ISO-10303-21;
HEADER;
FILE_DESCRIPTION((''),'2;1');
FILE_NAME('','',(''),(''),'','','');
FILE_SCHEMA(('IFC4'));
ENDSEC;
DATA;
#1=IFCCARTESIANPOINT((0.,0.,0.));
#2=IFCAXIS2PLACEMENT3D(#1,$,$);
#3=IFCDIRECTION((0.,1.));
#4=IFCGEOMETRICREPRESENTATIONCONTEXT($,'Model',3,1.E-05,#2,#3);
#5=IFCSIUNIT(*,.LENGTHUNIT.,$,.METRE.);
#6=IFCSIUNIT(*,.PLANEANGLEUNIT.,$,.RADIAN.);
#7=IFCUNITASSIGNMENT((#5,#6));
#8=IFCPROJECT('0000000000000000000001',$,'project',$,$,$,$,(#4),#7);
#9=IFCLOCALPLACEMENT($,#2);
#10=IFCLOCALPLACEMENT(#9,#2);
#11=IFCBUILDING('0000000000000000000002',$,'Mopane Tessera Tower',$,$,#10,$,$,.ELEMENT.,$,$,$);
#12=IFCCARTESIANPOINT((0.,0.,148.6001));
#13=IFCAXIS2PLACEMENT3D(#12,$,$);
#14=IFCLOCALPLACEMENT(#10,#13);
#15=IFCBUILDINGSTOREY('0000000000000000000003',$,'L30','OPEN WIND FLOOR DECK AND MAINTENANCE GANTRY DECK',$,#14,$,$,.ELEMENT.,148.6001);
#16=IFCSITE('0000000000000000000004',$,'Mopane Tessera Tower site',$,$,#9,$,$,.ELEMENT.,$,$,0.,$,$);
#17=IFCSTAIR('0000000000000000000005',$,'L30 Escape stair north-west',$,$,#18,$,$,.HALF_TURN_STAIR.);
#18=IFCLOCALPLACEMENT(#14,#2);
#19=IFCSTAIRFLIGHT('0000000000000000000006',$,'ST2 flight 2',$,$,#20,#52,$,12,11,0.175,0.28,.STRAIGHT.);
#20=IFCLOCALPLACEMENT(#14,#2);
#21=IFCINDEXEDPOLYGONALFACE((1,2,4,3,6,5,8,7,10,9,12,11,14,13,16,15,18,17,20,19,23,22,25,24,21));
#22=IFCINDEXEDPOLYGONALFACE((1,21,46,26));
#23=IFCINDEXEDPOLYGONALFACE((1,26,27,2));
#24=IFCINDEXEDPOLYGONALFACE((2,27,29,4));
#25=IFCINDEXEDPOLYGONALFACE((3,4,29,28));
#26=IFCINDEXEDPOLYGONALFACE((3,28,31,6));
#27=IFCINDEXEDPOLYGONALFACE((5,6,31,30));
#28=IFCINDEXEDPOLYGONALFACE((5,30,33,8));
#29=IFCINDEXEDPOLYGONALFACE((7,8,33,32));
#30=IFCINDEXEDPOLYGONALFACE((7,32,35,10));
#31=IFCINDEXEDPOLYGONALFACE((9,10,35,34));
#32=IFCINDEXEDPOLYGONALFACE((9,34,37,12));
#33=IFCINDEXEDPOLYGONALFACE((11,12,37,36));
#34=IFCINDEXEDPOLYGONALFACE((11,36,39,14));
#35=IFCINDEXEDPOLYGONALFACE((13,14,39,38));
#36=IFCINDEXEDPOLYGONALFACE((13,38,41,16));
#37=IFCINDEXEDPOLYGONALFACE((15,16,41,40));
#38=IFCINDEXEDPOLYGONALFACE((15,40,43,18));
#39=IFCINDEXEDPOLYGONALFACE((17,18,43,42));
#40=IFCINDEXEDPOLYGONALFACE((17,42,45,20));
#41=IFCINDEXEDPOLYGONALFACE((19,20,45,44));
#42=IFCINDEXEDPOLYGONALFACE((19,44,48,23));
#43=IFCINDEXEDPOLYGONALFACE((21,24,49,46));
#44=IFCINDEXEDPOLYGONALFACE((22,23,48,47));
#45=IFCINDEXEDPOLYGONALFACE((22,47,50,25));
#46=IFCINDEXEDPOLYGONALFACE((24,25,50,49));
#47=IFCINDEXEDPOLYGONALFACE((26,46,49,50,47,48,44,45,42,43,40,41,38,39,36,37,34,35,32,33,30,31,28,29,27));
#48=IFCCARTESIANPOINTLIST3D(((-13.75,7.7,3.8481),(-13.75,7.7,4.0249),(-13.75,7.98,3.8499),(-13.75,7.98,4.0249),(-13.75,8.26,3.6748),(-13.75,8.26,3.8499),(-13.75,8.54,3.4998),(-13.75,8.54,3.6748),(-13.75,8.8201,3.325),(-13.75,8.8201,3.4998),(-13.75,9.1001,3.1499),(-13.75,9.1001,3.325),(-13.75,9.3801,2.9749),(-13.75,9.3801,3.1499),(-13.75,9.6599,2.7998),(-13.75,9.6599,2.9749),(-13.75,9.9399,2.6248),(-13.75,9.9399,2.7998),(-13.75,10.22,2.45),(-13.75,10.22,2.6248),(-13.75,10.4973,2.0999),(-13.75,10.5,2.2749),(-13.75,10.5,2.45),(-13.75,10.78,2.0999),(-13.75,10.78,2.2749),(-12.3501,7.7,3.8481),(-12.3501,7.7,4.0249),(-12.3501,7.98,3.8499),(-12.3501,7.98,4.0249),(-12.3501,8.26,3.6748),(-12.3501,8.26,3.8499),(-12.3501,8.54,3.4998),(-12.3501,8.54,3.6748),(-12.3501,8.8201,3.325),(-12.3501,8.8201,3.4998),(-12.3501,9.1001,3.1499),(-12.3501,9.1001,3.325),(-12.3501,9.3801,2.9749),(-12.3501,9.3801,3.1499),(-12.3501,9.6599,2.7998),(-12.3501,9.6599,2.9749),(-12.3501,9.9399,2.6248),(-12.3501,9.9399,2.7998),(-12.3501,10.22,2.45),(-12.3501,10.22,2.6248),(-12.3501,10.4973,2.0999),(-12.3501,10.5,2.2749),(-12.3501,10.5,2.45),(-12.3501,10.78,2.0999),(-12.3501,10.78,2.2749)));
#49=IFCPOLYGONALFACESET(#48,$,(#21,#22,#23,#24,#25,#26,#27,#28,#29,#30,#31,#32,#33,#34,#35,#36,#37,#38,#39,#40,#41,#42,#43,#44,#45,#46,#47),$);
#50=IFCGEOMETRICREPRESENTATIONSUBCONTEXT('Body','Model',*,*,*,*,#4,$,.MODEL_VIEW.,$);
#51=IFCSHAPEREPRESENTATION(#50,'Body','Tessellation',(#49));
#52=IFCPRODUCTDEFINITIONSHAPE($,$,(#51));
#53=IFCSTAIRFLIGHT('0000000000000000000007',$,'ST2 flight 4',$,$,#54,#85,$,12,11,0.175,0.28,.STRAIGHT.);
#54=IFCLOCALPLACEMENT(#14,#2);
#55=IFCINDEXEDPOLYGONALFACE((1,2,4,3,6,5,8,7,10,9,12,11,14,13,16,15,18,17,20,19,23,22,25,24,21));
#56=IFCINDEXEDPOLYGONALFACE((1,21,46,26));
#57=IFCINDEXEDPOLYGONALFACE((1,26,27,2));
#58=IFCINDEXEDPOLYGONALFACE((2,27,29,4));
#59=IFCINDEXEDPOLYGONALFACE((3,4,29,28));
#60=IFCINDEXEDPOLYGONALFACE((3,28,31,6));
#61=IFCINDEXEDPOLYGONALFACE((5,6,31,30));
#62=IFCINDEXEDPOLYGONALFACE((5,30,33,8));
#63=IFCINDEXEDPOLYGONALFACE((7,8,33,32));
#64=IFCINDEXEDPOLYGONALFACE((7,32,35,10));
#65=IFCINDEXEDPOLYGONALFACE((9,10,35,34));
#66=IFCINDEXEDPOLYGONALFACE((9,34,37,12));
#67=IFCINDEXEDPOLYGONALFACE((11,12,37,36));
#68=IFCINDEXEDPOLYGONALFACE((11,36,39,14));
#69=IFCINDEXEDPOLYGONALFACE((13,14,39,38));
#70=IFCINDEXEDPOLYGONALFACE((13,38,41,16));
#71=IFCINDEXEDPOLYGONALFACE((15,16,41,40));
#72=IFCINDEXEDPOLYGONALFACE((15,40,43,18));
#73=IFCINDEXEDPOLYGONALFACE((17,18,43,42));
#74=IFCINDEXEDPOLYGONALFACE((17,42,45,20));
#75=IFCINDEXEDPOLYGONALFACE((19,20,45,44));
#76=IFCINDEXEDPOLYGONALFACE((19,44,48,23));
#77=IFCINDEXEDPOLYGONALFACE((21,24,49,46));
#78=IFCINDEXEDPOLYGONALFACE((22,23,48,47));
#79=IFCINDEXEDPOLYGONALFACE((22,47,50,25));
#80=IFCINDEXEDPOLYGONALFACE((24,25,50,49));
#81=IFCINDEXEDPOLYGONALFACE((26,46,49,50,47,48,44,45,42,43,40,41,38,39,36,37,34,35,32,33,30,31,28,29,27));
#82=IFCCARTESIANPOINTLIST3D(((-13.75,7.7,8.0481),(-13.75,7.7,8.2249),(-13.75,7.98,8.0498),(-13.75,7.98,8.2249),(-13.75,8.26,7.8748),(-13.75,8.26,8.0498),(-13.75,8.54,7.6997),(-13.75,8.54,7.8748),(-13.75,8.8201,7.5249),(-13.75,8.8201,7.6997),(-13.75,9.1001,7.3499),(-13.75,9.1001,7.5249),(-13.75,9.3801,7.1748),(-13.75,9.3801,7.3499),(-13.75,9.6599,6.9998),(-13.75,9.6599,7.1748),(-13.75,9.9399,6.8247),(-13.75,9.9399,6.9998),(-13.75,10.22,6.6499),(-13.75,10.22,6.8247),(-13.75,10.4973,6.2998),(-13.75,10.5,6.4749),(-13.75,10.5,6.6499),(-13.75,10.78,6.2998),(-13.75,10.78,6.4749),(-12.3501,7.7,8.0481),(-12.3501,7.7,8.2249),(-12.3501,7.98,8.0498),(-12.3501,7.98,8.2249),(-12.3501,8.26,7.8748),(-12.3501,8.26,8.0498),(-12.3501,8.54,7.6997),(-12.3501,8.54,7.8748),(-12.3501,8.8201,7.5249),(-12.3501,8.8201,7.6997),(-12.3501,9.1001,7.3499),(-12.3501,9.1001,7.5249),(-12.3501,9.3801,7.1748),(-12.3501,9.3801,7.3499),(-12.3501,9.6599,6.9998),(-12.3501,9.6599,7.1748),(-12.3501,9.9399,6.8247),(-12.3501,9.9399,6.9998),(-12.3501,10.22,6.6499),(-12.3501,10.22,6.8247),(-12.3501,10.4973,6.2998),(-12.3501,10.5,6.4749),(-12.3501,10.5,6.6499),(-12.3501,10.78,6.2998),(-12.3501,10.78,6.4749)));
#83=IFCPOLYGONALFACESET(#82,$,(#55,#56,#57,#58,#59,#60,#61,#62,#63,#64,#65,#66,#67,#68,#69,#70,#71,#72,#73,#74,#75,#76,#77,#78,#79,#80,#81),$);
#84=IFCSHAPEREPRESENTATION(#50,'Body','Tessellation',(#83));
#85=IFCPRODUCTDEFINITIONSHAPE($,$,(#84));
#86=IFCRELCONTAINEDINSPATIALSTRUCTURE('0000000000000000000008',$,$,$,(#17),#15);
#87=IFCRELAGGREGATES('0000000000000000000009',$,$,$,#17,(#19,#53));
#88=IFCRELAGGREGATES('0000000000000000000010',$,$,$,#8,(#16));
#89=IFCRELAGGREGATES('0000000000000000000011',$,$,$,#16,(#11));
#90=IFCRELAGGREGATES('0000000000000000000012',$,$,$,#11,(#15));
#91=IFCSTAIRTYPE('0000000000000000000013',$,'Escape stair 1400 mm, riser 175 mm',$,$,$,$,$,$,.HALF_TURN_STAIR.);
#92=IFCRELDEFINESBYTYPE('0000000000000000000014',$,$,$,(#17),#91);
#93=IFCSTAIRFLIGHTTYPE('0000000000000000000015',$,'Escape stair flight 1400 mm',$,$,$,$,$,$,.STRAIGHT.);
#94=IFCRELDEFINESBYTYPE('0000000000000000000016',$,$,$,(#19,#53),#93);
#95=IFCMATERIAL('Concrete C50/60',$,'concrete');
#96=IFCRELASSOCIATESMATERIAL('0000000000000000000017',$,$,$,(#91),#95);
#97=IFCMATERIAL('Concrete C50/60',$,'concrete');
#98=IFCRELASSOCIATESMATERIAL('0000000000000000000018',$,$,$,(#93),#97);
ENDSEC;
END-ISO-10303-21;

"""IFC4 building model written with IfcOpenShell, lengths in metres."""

from ifc_helpers import new_model, si_unit, direction, frame, origin, place, context, subcontext, project, spatial, polyline, outline, extrude, material, type_object, element, aggregate, save


model = new_model("IFC4")

# Units and contexts
model_context = context("Model", 3, precision=1e-05, world=origin(), true_north=direction((0.0, 1.0)))
body_context = subcontext(model_context, "Body", "Model", "MODEL_VIEW")
ifc_project = project(units=[si_unit("LENGTHUNIT", "METRE"), si_unit("PLANEANGLEUNIT", "RADIAN")], contexts=[model_context])

# Site, building, storey
site_placement = place(None, origin())
site = spatial("IfcSite", under=ifc_project, at=site_placement, Name="Mopane Tessera Tower site", CompositionType="ELEMENT", RefElevation=0.0)
building_placement = place(site_placement, origin())
building = spatial("IfcBuilding", under=site, at=building_placement, Name="Mopane Tessera Tower", CompositionType="ELEMENT")
storey_placement = place(building_placement, frame((0.0, 0.0, 148.6001)))
storey = spatial("IfcBuildingStorey", under=building, at=storey_placement, Name="L30", Description="OPEN WIND FLOOR DECK AND MAINTENANCE GANTRY DECK", CompositionType="ELEMENT", Elevation=148.6001)

# Stair, stair flights
ifc_material_1 = material(Name="Concrete C50/60", Category="concrete")
stair_type = type_object("IfcStairType", Name="Escape stair 1400 mm, riser 175 mm", PredefinedType="HALF_TURN_STAIR", material=ifc_material_1)
stair_placement = place(storey_placement, origin())
stair = element("IfcStair", 1, at=stair_placement, inside=storey, type_object=stair_type, Name="L30 Escape stair north-west", PredefinedType="HALF_TURN_STAIR")
ifc_material_2 = material(Name="Concrete C50/60", Category="concrete")
stair_flight_type = type_object("IfcStairFlightType", Name="Escape stair flight 1400 mm", PredefinedType="STRAIGHT", material=ifc_material_2)
stair_flight_1_placement = place(storey_placement, frame((-13.05, 10.78, 2.0999), z_axis=(0.0, 0.0, 1.0), x_axis=(0.0, -1.0, 0.0)))
stair_flight_1 = element("IfcStairFlight", 2, at=stair_flight_1_placement, type_object=stair_flight_type, Name="ST2 flight 2", NumberOfRisers=12, NumberOfTreads=11, PredefinedType="STRAIGHT", RiserHeight=0.175, TreadLength=0.28, context=body_context, shape_type="SweptSolid", body=[
    extrude(outline(polyline([(0.0, 0.0), (0.0, 0.175), (0.28, 0.175), (0.28, 0.3501), (0.5601, 0.3501), (0.5601, 0.5249), (0.8401, 0.5249), (0.8401, 0.7), (1.1201, 0.7), (1.1201, 0.875), (1.3999, 0.875), (1.3999, 1.05), (1.6799, 1.05), (1.6799, 1.2251), (1.96, 1.2251), (1.96, 1.3999), (2.24, 1.3999), (2.24, 1.575), (2.52, 1.575), (2.52, 1.75), (2.8, 1.75), (2.8, 1.925), (3.0801, 1.925), (3.0801, 2.1001), (3.0801, 1.7483), (0.2827, 0.0), (0.0, 0.0)])), frame((0.0, 0.7, 0.0), z_axis=(0.0, -1.0, 0.0), x_axis=(1.0, 0.0, 0.0)), (0.0, 0.0, 1.0), 1.3999),
])
stair_flight_2_placement = place(storey_placement, frame((-13.05, 10.78, 6.2998), z_axis=(0.0, 0.0, 1.0), x_axis=(0.0, -1.0, 0.0)))
stair_flight_2 = element("IfcStairFlight", 3, at=stair_flight_2_placement, type_object=stair_flight_type, Name="ST2 flight 4", NumberOfRisers=12, NumberOfTreads=11, PredefinedType="STRAIGHT", RiserHeight=0.175, TreadLength=0.28, context=body_context, shape_type="SweptSolid", body=[
    extrude(outline(polyline([(0.0, 0.0), (0.0, 0.175), (0.28, 0.175), (0.28, 0.3501), (0.5601, 0.3501), (0.5601, 0.5249), (0.8401, 0.5249), (0.8401, 0.7), (1.1201, 0.7), (1.1201, 0.875), (1.3999, 0.875), (1.3999, 1.05), (1.6799, 1.05), (1.6799, 1.2251), (1.96, 1.2251), (1.96, 1.3999), (2.24, 1.3999), (2.24, 1.575), (2.52, 1.575), (2.52, 1.75), (2.8, 1.75), (2.8, 1.925), (3.0801, 1.925), (3.0801, 2.1001), (3.0801, 1.7483), (0.2827, 0.0), (0.0, 0.0)])), frame((0.0, 0.7, 0.0), z_axis=(0.0, -1.0, 0.0), x_axis=(1.0, 0.0, 0.0)), (0.0, 0.0, 1.0), 1.3999),
])
aggregate(stair, [stair_flight_1, stair_flight_2])

save(model, "model.ifc")
